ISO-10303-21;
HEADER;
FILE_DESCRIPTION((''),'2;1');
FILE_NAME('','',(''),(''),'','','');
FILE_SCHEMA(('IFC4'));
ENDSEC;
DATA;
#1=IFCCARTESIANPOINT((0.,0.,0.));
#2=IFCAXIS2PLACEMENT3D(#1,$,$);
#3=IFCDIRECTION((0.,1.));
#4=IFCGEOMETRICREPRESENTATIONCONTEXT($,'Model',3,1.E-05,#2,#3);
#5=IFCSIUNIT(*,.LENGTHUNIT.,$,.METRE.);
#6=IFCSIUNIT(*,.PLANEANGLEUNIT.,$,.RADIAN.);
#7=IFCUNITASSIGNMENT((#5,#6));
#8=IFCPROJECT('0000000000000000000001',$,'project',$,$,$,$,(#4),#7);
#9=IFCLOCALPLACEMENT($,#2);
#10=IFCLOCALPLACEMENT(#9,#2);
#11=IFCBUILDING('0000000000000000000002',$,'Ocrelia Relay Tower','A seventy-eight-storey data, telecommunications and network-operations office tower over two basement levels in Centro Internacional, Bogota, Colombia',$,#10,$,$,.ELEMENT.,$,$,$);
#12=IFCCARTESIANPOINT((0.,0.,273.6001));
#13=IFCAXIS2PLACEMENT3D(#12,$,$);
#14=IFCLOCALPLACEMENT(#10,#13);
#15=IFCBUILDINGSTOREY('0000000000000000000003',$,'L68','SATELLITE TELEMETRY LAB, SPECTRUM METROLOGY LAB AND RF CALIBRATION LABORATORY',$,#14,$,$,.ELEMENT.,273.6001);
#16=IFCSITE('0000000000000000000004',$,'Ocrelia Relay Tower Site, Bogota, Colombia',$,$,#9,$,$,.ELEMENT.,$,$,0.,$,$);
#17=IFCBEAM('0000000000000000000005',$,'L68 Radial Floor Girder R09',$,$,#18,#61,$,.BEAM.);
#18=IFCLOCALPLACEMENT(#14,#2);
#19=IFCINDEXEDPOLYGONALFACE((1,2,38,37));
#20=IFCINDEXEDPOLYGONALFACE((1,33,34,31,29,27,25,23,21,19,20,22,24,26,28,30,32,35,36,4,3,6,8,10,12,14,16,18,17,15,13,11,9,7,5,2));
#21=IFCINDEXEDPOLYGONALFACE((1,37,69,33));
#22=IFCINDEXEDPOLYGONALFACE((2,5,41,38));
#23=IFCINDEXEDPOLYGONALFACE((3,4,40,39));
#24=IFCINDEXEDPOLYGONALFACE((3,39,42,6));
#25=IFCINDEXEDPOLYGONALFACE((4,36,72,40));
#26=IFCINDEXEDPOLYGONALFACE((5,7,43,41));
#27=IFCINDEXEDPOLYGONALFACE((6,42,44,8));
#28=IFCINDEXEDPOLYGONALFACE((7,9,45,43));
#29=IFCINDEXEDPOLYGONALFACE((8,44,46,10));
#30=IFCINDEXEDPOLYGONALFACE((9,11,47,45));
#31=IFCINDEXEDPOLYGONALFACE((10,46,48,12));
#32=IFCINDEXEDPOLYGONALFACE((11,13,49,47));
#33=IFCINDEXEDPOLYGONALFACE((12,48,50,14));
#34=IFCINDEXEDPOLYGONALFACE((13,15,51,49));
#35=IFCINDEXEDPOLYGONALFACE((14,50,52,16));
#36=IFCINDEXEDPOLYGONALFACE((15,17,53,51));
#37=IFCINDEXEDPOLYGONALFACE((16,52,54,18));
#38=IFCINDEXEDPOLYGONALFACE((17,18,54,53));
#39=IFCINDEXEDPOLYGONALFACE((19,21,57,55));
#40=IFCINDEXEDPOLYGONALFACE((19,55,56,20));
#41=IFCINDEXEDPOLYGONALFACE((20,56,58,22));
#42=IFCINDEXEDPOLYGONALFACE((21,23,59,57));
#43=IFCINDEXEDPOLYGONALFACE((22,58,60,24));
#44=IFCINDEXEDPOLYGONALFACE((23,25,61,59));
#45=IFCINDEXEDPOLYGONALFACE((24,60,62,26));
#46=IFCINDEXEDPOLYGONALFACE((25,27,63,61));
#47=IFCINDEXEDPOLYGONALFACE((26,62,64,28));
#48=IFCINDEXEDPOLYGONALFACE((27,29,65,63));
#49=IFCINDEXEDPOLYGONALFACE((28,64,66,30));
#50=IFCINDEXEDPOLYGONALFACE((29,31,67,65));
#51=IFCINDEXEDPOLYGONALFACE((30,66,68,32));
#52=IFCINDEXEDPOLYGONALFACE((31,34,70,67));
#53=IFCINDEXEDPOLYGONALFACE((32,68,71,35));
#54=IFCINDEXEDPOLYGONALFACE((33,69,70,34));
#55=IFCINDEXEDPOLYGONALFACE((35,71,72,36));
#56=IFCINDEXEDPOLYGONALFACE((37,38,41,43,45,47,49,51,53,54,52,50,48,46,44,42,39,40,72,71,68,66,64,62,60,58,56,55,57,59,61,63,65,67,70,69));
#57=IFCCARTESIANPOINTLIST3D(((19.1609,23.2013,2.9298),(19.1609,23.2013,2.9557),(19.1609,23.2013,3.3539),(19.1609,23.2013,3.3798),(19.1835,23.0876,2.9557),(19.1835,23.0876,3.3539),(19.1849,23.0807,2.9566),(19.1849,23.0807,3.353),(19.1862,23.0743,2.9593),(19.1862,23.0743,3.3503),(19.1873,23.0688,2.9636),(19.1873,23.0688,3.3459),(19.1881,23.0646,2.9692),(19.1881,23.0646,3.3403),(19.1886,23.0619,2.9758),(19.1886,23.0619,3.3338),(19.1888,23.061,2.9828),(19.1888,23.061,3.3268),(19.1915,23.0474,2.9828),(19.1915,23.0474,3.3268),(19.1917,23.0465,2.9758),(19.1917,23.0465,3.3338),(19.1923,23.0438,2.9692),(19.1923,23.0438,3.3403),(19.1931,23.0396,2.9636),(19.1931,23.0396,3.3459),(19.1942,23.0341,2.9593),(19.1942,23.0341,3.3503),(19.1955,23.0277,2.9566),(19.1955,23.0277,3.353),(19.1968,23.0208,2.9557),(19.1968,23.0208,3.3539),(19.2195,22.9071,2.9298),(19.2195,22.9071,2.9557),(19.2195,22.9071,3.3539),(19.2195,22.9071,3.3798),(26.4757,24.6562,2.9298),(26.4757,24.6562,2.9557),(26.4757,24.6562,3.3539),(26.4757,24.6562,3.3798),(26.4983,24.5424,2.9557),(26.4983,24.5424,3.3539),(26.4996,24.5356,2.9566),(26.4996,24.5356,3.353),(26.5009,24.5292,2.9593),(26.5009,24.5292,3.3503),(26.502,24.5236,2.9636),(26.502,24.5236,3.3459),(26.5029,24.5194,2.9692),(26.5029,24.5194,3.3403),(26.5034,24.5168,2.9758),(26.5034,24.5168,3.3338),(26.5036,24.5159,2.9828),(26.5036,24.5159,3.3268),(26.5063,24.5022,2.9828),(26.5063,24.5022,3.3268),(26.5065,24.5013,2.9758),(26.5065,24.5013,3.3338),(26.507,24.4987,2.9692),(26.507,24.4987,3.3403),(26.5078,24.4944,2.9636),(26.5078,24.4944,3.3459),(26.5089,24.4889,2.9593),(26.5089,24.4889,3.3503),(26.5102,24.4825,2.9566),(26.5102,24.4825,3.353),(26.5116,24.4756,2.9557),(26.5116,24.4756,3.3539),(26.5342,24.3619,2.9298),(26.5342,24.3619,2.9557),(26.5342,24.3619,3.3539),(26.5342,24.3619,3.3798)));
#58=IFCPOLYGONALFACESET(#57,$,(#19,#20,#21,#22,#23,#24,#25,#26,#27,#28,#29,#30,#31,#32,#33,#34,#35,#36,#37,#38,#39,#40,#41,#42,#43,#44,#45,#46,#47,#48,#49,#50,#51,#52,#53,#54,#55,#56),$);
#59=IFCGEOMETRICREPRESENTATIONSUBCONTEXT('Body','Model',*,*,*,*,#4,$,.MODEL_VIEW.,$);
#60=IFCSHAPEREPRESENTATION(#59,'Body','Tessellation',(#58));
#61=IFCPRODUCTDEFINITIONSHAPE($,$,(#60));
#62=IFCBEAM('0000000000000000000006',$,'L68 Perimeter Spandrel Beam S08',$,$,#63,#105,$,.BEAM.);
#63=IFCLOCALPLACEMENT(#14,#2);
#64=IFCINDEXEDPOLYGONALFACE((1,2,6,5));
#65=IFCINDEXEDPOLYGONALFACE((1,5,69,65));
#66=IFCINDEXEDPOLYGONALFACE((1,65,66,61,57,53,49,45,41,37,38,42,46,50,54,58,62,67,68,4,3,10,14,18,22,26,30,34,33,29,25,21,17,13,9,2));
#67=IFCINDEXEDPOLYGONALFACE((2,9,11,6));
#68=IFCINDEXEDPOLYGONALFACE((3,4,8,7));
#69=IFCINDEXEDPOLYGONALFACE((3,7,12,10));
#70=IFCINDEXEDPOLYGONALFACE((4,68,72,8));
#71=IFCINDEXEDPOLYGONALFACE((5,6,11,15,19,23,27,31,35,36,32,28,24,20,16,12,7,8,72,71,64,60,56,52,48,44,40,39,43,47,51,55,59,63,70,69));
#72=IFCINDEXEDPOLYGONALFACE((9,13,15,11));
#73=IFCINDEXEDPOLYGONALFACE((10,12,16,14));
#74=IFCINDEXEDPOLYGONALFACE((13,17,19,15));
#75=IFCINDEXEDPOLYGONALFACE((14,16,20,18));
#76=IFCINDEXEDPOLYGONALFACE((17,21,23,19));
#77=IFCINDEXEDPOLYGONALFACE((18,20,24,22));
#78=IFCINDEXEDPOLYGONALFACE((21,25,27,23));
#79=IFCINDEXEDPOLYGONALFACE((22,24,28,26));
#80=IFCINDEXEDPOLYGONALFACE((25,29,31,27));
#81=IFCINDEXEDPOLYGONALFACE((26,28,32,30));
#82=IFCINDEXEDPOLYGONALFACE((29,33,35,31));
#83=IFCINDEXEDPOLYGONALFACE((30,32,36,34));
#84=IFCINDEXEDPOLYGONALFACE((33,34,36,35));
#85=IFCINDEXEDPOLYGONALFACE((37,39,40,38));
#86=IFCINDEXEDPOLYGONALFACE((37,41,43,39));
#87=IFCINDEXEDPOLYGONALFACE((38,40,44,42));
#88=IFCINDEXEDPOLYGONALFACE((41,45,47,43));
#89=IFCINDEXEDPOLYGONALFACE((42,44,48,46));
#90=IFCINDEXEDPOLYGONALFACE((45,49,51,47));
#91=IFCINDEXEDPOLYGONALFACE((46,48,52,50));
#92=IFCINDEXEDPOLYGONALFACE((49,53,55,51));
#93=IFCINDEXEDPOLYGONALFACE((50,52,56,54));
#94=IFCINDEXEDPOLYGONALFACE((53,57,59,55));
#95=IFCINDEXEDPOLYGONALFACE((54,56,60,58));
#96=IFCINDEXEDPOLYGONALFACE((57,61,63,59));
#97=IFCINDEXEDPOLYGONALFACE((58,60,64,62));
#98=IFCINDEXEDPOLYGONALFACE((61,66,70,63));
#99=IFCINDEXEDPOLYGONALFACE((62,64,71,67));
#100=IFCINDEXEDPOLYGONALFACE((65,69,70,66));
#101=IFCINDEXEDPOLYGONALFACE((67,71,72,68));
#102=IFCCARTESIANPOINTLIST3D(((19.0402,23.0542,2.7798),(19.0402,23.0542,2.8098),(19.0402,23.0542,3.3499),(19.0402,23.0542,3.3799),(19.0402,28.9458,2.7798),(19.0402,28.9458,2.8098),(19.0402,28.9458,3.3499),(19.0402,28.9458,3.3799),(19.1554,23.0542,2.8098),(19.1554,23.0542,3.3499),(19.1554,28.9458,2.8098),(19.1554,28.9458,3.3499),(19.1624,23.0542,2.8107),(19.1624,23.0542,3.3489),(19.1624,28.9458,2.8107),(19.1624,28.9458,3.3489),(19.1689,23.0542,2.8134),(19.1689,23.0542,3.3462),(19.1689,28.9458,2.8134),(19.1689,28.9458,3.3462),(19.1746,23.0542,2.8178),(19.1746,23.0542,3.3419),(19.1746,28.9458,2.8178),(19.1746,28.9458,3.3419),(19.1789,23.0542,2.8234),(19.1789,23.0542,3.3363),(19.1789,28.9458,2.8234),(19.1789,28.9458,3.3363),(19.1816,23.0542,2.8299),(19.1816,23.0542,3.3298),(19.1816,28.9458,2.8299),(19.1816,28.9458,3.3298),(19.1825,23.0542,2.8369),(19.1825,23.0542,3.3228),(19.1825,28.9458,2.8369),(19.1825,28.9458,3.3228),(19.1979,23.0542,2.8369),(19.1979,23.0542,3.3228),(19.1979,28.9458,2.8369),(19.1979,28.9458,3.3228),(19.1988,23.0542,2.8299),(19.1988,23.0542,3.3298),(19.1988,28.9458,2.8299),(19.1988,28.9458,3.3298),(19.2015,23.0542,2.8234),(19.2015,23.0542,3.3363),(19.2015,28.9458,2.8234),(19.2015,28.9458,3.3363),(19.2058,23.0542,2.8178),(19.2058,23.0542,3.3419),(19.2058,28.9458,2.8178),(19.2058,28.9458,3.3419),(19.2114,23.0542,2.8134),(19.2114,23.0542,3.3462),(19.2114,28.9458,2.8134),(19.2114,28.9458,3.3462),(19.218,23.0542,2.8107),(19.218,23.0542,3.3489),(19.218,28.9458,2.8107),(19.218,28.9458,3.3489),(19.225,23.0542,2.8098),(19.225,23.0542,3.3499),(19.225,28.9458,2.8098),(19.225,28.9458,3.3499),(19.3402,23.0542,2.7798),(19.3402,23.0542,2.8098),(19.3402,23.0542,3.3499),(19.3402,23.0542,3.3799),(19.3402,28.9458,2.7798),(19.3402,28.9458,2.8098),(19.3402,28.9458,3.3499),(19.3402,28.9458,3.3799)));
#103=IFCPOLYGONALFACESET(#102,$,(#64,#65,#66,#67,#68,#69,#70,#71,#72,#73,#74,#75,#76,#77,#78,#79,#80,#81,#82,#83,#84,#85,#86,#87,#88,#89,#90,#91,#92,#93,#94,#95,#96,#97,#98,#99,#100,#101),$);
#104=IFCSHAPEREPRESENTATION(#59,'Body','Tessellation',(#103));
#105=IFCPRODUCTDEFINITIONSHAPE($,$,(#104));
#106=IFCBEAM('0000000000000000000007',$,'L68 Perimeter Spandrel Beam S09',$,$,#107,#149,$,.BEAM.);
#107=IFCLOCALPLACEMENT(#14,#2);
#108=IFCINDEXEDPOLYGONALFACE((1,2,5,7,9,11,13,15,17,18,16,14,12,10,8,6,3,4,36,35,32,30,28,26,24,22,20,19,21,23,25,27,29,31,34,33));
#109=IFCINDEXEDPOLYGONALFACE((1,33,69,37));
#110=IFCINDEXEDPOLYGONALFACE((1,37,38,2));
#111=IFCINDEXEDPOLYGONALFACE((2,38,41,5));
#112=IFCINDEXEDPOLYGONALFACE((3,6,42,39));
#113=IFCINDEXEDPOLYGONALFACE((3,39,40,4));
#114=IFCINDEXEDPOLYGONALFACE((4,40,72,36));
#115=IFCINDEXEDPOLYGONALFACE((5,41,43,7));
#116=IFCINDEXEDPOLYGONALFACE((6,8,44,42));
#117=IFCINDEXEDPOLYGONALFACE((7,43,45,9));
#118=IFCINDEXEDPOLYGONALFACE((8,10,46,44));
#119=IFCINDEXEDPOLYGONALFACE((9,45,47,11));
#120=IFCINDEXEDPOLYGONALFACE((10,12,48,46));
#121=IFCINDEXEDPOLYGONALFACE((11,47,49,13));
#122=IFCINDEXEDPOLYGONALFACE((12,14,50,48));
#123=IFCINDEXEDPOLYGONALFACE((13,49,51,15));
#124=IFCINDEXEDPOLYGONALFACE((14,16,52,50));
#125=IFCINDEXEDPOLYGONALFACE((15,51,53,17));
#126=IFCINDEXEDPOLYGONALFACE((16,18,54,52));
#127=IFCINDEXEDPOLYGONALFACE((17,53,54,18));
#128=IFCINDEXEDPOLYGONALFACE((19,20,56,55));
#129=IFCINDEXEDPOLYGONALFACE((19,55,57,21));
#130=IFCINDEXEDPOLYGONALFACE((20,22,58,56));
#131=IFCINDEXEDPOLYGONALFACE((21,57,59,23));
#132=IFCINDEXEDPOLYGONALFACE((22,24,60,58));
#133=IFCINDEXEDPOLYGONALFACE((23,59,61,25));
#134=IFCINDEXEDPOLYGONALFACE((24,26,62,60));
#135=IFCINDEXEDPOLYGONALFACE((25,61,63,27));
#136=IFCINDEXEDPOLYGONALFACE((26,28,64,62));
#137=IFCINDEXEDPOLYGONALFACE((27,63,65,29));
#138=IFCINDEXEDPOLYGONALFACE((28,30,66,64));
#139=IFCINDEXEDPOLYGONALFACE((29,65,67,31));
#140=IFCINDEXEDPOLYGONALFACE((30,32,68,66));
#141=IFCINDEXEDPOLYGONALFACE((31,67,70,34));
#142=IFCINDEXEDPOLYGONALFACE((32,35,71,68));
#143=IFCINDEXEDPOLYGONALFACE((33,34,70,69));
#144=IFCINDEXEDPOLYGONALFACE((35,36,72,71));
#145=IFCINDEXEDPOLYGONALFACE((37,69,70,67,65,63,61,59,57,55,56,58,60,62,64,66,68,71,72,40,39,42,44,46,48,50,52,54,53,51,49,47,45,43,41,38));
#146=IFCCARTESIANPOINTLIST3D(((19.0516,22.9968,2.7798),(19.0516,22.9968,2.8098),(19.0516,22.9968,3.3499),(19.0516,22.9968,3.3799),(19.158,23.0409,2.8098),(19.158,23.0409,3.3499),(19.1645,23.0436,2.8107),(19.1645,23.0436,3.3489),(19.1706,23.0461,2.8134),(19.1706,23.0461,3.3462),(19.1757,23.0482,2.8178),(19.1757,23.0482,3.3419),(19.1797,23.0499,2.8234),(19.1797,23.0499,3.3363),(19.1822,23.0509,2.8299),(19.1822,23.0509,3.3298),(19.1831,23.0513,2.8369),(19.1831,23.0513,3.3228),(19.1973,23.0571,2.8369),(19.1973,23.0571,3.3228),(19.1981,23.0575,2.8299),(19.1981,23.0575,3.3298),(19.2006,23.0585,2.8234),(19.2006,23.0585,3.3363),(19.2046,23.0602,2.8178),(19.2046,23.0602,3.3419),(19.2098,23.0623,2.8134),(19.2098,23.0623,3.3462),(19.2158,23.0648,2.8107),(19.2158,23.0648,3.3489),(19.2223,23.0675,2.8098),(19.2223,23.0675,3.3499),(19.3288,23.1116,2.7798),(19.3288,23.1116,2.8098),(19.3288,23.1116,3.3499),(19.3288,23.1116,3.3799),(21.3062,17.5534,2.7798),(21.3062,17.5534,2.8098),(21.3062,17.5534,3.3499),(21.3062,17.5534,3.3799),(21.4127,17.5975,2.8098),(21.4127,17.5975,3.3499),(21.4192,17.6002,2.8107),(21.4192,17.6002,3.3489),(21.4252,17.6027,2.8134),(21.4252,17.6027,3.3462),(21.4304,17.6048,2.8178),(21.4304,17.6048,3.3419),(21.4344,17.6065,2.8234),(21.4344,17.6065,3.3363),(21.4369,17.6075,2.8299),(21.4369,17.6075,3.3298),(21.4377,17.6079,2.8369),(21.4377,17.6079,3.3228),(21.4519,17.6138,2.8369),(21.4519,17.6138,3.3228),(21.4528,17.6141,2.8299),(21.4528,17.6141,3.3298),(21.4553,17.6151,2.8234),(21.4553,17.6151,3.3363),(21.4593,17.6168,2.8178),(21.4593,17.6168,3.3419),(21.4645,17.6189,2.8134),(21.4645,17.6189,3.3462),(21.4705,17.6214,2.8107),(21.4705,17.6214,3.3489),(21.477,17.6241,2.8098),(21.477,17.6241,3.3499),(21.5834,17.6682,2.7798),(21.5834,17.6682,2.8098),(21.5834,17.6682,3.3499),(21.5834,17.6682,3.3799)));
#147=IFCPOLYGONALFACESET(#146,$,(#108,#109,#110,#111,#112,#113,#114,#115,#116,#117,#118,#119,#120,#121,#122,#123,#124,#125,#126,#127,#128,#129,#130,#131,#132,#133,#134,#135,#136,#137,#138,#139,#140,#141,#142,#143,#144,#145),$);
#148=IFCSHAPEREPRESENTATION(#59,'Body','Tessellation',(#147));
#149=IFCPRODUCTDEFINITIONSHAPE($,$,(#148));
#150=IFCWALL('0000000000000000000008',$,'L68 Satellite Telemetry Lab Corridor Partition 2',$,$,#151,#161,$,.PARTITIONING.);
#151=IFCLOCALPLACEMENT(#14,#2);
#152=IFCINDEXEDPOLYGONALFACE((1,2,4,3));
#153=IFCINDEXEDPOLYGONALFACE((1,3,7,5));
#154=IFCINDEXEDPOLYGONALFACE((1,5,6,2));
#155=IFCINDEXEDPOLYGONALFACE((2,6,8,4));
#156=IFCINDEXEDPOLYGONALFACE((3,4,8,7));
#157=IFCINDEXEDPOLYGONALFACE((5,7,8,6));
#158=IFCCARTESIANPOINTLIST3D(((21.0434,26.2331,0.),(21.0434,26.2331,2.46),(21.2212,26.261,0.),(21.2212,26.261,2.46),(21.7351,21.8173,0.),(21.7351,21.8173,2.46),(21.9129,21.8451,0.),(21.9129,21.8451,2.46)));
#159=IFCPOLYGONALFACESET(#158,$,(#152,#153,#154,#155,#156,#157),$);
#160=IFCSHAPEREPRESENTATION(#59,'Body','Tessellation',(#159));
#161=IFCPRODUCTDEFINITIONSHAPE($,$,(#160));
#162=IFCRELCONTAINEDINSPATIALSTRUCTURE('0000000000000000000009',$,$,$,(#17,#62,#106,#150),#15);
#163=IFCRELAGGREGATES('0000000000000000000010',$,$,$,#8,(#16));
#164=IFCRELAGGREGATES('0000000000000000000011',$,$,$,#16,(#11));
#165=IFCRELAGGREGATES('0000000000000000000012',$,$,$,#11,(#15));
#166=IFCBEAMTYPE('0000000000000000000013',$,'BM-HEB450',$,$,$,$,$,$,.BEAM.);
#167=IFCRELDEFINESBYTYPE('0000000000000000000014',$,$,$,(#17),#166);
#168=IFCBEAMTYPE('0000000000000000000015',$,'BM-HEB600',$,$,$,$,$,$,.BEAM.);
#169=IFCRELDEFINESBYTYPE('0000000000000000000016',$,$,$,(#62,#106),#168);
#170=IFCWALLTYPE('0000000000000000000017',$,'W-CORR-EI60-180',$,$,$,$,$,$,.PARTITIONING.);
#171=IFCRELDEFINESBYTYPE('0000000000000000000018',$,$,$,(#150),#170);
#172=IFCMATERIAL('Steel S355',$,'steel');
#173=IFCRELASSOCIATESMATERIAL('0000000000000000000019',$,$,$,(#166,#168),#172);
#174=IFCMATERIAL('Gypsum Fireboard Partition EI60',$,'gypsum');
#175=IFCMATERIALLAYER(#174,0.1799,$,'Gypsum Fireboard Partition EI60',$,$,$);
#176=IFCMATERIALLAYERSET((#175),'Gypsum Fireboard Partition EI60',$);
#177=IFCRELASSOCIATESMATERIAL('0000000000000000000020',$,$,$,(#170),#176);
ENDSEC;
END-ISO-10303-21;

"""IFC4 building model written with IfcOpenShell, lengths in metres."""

from ifc_helpers import new_model, si_unit, direction, frame, frame_2d, origin, origin_2d, place, context, subcontext, project, spatial, rectangle, i_section, extrude, material, layer, layer_set, material_profile, profile_set, type_object, element, save


model = new_model("IFC4")

# Units and contexts
model_context = context("Model", 3, precision=1e-05, world=origin(), true_north=direction((0.0, 1.0)))
body_context = subcontext(model_context, "Body", "Model", "MODEL_VIEW")
ifc_project = project(units=[si_unit("LENGTHUNIT", "METRE"), si_unit("PLANEANGLEUNIT", "RADIAN")], contexts=[model_context])

# Site, building, storey
site_placement = place(None, origin())
site = spatial("IfcSite", under=ifc_project, at=site_placement, Name="Ocrelia Relay Tower Site, Bogota, Colombia", CompositionType="ELEMENT", RefElevation=0.0)
building_placement = place(site_placement, origin())
building = spatial("IfcBuilding", under=site, at=building_placement, Name="Ocrelia Relay Tower", Description="A seventy-eight-storey data, telecommunications and network-operations office tower over two basement levels in Centro Internacional, Bogota, Colombia", CompositionType="ELEMENT")
storey_placement = place(building_placement, frame((0.0, 0.0, 273.6001)))
storey = spatial("IfcBuildingStorey", under=building, at=storey_placement, Name="L68", Description="SATELLITE TELEMETRY LAB, SPECTRUM METROLOGY LAB AND RF CALIBRATION LABORATORY", CompositionType="ELEMENT", Elevation=273.6001)

# Beams
ifc_material_1 = material(Name="Steel S355", Category="steel")
ifc_material_profile_1 = material_profile(ifc_material_1, i_section(OverallWidth=0.3, OverallDepth=0.45, WebThickness=0.0139, FlangeThickness=0.0259, FilletRadius=0.0271, at=origin_2d()), Name="HEB 450")
ifc_profile_set_1 = profile_set([ifc_material_profile_1], Name="Steel S355")
beam_type_1 = type_object("IfcBeamType", Name="BM-HEB450", PredefinedType="BEAM", material=ifc_profile_set_1)
for number, where, z_axis, x_axis, name in (
    (1, (19.1902, 23.0542, 3.1548), (0.980789, 0.195071, 0.0), (-0.195071, 0.980789, 0.0), "L68 Radial Floor Girder R09"),
):
    element("IfcBeam", number, at=place(storey_placement, frame(where, z_axis=z_axis, x_axis=x_axis)), inside=storey, type_object=beam_type_1, Name=name, PredefinedType="BEAM", context=body_context, shape_type="SweptSolid", body=[
        extrude(i_section(OverallWidth=0.3, OverallDepth=0.45, WebThickness=0.0139, FlangeThickness=0.0259, FilletRadius=0.0271, at=origin_2d()), origin(), (0.0, 0.0, 1.0), 7.458),
    ])
ifc_material_profile_2 = material_profile(ifc_material_1, i_section(OverallWidth=0.3, OverallDepth=0.6001, WebThickness=0.0154, FlangeThickness=0.03, FilletRadius=0.0271, at=origin_2d()), Name="HEB 600")
ifc_profile_set_2 = profile_set([ifc_material_profile_2], Name="Steel S355")
beam_type_2 = type_object("IfcBeamType", Name="BM-HEB600", PredefinedType="BEAM", material=ifc_profile_set_2)
beam_1_placement = place(storey_placement, frame((19.1902, 28.9458, 3.0798), z_axis=(0.0, -1.0, 0.0), x_axis=(1.0, 0.0, 0.0)))
element("IfcBeam", 2, at=beam_1_placement, inside=storey, type_object=beam_type_2, Name="L68 Perimeter Spandrel Beam S08", PredefinedType="BEAM", context=body_context, shape_type="SweptSolid", body=[
    extrude(i_section(OverallWidth=0.3, OverallDepth=0.6001, WebThickness=0.0154, FlangeThickness=0.03, FilletRadius=0.0271, at=origin_2d()), origin(), (0.0, 0.0, 1.0), 5.8916),
])
beam_2_placement = place(storey_placement, frame((19.1902, 23.0542, 3.0798), z_axis=(0.382673, -0.923884, 0.0), x_axis=(0.923884, 0.382673, 0.0)))
element("IfcBeam", 3, at=beam_2_placement, inside=storey, type_object=beam_type_2, Name="L68 Perimeter Spandrel Beam S09", PredefinedType="BEAM", context=body_context, shape_type="SweptSolid", body=[
    extrude(i_section(OverallWidth=0.3, OverallDepth=0.6001, WebThickness=0.0154, FlangeThickness=0.03, FilletRadius=0.0271, at=origin_2d()), origin(), (0.0, 0.0, 1.0), 5.8918),
])

# Wall
ifc_material_2 = material(Name="Gypsum Fireboard Partition EI60", Category="gypsum")
ifc_layer_1 = layer(ifc_material_2, 0.1799, Name="Gypsum Fireboard Partition EI60")
ifc_layer_set_1 = layer_set([ifc_layer_1], Name="Gypsum Fireboard Partition EI60")
wall_type_1 = type_object("IfcWallType", Name="W-CORR-EI60-180", PredefinedType="PARTITIONING", material=ifc_layer_set_1)
wall_1_placement = place(storey_placement, frame((21.1323, 26.2471, 0.0), z_axis=(0.0, 0.0, 1.0), x_axis=(0.154745, -0.987954, 0.0)))
element("IfcWall", 4, at=wall_1_placement, inside=storey, type_object=wall_type_1, Name="L68 Satellite Telemetry Lab Corridor Partition 2", PredefinedType="PARTITIONING", context=body_context, shape_type="SweptSolid", body=[
    extrude(rectangle(XDim=4.4697, YDim=0.1799, at=frame_2d((2.2349, 0.0))), origin(), (0.0, 0.0, 1.0), 2.46),
])

save(model, "model.ifc")
